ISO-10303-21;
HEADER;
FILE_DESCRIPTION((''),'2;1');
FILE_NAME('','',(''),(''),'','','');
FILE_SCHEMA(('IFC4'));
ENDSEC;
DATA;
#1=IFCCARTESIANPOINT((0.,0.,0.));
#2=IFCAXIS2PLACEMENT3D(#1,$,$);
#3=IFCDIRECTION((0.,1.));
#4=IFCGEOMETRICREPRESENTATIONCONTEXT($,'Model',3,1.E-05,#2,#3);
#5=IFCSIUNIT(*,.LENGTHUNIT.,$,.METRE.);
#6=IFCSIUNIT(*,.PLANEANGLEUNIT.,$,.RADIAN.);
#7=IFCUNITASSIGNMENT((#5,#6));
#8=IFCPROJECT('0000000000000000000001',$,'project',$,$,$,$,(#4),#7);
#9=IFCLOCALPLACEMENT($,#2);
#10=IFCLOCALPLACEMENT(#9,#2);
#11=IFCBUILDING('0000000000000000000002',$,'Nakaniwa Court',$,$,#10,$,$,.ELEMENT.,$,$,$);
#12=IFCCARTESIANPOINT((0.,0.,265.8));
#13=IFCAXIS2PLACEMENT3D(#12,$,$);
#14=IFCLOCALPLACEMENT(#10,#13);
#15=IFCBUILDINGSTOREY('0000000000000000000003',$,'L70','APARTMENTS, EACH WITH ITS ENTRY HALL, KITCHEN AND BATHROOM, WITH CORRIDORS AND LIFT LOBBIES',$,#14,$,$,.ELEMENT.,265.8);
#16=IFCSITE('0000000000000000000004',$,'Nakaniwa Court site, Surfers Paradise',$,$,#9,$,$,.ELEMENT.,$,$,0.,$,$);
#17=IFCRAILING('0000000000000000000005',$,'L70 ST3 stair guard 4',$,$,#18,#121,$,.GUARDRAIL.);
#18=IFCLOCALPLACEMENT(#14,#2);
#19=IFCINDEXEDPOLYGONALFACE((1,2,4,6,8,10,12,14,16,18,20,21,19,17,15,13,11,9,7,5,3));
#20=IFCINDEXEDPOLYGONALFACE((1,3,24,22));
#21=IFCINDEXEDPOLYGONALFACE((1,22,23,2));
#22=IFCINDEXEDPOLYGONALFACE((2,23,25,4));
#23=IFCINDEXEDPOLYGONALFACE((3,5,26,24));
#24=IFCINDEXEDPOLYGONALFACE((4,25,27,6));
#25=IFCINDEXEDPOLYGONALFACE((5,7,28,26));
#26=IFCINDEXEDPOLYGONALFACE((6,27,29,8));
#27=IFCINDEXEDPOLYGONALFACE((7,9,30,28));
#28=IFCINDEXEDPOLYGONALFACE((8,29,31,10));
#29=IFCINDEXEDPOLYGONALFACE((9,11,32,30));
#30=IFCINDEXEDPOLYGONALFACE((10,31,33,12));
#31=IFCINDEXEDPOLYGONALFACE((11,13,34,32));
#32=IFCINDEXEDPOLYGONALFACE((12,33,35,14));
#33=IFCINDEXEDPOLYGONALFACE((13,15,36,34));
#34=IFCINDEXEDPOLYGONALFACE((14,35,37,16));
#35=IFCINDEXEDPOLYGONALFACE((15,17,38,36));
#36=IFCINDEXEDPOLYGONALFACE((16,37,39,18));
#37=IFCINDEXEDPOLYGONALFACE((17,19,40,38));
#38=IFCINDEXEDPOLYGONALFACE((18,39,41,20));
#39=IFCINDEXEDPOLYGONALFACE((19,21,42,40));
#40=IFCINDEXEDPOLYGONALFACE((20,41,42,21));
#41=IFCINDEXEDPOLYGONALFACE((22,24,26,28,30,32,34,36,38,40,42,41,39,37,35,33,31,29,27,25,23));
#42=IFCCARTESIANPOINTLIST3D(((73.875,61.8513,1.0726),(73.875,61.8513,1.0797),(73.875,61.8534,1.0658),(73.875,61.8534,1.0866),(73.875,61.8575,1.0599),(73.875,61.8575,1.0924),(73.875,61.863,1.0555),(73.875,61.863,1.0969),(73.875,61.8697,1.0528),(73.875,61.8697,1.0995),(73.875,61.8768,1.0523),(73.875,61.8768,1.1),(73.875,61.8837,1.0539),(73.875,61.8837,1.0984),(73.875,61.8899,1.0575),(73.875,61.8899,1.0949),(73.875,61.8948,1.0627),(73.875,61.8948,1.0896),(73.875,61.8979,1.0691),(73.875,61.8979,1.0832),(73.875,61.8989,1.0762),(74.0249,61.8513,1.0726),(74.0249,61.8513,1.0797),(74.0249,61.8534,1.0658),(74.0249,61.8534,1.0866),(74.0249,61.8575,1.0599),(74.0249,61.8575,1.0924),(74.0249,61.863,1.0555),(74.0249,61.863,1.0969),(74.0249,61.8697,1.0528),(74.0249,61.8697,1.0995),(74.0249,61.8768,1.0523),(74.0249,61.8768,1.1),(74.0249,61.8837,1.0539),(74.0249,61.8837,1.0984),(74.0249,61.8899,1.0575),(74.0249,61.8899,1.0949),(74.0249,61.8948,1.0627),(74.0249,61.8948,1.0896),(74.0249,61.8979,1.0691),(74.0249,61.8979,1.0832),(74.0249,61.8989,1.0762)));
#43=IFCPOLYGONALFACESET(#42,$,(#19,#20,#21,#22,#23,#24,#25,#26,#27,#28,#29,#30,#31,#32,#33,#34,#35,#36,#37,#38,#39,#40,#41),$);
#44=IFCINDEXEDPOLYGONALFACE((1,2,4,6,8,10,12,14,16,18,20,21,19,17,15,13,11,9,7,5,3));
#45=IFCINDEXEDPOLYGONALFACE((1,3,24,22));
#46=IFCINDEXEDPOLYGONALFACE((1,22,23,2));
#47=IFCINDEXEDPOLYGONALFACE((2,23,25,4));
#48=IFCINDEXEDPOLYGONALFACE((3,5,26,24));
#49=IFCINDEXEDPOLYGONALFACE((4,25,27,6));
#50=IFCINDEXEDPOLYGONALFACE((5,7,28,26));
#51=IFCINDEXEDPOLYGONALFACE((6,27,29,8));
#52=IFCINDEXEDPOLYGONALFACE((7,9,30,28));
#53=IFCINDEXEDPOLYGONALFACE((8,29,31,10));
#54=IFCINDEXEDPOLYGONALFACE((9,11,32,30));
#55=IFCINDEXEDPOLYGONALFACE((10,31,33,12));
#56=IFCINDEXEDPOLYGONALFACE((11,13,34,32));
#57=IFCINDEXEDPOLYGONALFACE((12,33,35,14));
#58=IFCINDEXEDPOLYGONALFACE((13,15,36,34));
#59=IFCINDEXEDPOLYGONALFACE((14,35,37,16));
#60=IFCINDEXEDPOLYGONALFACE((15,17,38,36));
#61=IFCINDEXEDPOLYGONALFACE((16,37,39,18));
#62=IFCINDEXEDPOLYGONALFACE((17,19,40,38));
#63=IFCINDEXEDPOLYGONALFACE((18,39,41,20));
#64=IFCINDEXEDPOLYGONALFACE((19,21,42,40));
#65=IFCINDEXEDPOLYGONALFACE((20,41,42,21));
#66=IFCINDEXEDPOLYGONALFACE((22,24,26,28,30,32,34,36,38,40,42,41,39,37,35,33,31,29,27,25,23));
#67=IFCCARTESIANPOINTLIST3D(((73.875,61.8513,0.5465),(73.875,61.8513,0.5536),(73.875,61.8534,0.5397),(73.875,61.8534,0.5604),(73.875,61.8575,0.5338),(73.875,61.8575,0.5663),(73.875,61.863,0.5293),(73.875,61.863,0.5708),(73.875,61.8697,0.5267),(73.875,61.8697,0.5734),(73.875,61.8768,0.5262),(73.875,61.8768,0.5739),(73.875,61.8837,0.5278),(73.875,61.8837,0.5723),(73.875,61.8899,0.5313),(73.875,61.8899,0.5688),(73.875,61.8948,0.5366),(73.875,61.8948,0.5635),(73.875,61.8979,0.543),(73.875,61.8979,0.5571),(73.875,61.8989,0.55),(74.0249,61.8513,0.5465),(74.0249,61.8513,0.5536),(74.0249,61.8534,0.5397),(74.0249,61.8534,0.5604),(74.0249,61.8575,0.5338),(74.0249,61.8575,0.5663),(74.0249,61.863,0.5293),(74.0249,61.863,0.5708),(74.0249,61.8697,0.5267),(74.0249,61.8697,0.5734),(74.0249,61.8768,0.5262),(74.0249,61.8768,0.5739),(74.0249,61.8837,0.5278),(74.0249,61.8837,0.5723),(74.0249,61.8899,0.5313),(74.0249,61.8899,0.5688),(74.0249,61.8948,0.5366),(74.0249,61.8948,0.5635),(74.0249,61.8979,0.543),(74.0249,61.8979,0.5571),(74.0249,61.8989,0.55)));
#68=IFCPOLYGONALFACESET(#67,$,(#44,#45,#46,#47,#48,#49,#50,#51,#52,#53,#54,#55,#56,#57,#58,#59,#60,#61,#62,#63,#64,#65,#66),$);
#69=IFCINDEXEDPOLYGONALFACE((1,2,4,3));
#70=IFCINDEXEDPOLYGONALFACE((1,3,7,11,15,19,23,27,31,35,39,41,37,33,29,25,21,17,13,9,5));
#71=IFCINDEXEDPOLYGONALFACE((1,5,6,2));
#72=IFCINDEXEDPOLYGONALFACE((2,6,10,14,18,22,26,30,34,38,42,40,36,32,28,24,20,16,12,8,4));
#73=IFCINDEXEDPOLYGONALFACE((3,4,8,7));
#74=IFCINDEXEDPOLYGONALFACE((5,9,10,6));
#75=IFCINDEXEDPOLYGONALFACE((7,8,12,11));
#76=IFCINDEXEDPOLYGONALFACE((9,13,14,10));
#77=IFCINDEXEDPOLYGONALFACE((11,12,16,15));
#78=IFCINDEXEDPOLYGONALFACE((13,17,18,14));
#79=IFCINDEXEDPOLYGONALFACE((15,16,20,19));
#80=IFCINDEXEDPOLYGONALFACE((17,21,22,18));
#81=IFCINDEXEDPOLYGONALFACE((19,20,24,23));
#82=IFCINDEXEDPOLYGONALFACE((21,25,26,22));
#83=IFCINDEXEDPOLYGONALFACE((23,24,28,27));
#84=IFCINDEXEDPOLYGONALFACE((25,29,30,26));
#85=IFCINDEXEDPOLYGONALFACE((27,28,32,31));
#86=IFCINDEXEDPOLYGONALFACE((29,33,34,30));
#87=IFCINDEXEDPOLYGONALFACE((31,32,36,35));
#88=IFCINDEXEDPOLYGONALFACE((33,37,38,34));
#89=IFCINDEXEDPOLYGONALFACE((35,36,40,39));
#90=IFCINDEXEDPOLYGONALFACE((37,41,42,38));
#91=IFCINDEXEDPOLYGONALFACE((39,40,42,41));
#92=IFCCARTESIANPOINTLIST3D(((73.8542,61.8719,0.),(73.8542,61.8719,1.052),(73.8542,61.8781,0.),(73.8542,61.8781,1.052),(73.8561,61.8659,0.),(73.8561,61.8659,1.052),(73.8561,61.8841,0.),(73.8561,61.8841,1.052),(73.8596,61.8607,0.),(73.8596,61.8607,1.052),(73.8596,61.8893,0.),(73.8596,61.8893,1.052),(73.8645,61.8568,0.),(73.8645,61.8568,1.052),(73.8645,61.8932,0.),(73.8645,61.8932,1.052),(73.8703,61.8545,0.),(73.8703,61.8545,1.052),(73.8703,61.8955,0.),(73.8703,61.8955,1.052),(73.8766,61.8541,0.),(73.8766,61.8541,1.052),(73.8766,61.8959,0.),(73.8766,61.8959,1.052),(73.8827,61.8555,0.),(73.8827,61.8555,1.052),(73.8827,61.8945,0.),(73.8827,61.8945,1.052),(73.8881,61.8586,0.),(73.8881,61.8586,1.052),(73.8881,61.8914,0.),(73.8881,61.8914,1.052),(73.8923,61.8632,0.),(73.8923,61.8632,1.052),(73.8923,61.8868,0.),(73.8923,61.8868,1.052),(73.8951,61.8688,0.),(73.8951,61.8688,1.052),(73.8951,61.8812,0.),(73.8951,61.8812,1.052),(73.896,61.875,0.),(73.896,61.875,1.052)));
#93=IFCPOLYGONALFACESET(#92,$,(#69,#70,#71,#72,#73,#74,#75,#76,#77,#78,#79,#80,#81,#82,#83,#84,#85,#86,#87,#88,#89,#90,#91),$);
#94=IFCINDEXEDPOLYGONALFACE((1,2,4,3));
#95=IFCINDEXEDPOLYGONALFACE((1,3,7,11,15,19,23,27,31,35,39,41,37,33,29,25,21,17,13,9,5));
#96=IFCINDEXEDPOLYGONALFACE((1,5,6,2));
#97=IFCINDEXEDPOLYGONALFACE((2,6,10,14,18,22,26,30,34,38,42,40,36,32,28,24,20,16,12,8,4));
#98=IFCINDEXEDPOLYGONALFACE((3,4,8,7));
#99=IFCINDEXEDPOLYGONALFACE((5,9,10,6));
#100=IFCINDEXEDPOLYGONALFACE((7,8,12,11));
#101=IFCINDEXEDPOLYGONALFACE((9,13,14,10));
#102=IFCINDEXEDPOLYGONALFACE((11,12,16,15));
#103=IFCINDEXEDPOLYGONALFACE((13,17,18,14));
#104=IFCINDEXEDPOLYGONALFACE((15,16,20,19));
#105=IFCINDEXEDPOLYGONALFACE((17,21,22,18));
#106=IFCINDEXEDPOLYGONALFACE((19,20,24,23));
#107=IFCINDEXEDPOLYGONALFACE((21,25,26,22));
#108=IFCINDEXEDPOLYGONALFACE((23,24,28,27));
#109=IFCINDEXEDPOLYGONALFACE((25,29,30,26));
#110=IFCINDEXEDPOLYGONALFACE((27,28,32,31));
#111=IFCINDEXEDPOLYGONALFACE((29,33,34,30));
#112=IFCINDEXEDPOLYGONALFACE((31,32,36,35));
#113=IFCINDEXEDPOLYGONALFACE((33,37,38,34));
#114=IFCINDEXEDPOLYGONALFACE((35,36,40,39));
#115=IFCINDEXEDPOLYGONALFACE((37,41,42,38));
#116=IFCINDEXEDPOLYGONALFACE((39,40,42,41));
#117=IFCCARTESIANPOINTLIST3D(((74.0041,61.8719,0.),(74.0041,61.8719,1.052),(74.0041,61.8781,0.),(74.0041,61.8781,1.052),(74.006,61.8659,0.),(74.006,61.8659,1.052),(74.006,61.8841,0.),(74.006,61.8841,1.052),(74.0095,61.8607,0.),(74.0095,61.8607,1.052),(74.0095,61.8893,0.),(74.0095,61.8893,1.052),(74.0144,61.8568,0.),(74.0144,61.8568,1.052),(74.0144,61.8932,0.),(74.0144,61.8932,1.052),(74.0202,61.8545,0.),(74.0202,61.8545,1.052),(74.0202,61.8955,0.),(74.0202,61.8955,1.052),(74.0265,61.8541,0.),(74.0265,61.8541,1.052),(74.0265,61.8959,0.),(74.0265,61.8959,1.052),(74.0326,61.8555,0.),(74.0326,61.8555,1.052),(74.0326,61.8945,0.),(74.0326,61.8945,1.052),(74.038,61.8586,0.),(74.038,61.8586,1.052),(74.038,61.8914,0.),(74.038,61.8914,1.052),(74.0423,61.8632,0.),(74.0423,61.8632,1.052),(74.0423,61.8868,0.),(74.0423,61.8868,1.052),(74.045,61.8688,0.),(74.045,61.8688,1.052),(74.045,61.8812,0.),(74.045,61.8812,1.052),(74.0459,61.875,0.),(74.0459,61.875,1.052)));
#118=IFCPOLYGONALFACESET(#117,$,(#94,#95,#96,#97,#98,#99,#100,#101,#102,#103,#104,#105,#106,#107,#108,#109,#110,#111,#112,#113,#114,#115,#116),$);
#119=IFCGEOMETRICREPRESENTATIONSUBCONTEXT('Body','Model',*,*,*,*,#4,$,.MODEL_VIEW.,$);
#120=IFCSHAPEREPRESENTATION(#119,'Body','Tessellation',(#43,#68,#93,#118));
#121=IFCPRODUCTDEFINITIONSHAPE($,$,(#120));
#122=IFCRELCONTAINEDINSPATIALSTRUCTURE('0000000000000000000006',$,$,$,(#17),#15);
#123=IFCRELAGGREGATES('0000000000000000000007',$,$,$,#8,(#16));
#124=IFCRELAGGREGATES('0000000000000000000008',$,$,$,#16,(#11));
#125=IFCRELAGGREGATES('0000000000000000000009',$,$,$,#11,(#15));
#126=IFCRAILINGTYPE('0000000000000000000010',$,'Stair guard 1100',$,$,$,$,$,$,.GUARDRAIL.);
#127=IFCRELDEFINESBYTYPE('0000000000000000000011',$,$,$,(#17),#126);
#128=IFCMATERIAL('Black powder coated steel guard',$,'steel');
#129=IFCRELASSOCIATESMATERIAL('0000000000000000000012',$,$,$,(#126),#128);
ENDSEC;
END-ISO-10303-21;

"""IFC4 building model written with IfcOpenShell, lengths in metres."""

from ifc_helpers import new_model, si_unit, direction, frame, origin, origin_2d, place, context, subcontext, project, spatial, circle, extrude, material, type_object, element, save


model = new_model("IFC4")

# Units and contexts
model_context = context("Model", 3, precision=1e-05, world=origin(), true_north=direction((0.0, 1.0)))
body_context = subcontext(model_context, "Body", "Model", "MODEL_VIEW")
ifc_project = project(units=[si_unit("LENGTHUNIT", "METRE"), si_unit("PLANEANGLEUNIT", "RADIAN")], contexts=[model_context])

# Site, building, storey
site_placement = place(None, origin())
site = spatial("IfcSite", under=ifc_project, at=site_placement, Name="Nakaniwa Court site, Surfers Paradise", CompositionType="ELEMENT", RefElevation=0.0)
building_placement = place(site_placement, origin())
building = spatial("IfcBuilding", under=site, at=building_placement, Name="Nakaniwa Court", CompositionType="ELEMENT")
storey_placement = place(building_placement, frame((0.0, 0.0, 265.8)))
storey = spatial("IfcBuildingStorey", under=building, at=storey_placement, Name="L70", Description="APARTMENTS, EACH WITH ITS ENTRY HALL, KITCHEN AND BATHROOM, WITH CORRIDORS AND LIFT LOBBIES", CompositionType="ELEMENT", Elevation=265.8)

# Railing
ifc_material_1 = material(Name="Black powder coated steel guard", Category="steel")
railing_type_1 = type_object("IfcRailingType", Name="Stair guard 1100", PredefinedType="GUARDRAIL", material=ifc_material_1)
railing_1_placement = place(storey_placement, frame((73.875, 61.875, 0.0)))
element("IfcRailing", 1, at=railing_1_placement, inside=storey, type_object=railing_type_1, Name="L70 ST3 stair guard 4", PredefinedType="GUARDRAIL", context=body_context, shape_type="SweptSolid", body=[
    extrude(circle(Radius=0.0239, at=origin_2d()), frame((0.0, 0.0, 1.0762), z_axis=(1.0, 0.0, 0.0), x_axis=(0.0, 1.0, 0.0)), (0.0, 0.0, 1.0), 0.1499),
    extrude(circle(Radius=0.0239, at=origin_2d()), frame((0.0, 0.0, 0.55), z_axis=(1.0, 0.0, 0.0), x_axis=(0.0, 1.0, 0.0)), (0.0, 0.0, 1.0), 0.1499),
    extrude(circle(Radius=0.021, at=origin_2d()), origin(), (0.0, 0.0, 1.0), 1.052),
    extrude(circle(Radius=0.021, at=origin_2d()), frame((0.1499, 0.0, 0.0)), (0.0, 0.0, 1.0), 1.052),
])

save(model, "model.ifc")
